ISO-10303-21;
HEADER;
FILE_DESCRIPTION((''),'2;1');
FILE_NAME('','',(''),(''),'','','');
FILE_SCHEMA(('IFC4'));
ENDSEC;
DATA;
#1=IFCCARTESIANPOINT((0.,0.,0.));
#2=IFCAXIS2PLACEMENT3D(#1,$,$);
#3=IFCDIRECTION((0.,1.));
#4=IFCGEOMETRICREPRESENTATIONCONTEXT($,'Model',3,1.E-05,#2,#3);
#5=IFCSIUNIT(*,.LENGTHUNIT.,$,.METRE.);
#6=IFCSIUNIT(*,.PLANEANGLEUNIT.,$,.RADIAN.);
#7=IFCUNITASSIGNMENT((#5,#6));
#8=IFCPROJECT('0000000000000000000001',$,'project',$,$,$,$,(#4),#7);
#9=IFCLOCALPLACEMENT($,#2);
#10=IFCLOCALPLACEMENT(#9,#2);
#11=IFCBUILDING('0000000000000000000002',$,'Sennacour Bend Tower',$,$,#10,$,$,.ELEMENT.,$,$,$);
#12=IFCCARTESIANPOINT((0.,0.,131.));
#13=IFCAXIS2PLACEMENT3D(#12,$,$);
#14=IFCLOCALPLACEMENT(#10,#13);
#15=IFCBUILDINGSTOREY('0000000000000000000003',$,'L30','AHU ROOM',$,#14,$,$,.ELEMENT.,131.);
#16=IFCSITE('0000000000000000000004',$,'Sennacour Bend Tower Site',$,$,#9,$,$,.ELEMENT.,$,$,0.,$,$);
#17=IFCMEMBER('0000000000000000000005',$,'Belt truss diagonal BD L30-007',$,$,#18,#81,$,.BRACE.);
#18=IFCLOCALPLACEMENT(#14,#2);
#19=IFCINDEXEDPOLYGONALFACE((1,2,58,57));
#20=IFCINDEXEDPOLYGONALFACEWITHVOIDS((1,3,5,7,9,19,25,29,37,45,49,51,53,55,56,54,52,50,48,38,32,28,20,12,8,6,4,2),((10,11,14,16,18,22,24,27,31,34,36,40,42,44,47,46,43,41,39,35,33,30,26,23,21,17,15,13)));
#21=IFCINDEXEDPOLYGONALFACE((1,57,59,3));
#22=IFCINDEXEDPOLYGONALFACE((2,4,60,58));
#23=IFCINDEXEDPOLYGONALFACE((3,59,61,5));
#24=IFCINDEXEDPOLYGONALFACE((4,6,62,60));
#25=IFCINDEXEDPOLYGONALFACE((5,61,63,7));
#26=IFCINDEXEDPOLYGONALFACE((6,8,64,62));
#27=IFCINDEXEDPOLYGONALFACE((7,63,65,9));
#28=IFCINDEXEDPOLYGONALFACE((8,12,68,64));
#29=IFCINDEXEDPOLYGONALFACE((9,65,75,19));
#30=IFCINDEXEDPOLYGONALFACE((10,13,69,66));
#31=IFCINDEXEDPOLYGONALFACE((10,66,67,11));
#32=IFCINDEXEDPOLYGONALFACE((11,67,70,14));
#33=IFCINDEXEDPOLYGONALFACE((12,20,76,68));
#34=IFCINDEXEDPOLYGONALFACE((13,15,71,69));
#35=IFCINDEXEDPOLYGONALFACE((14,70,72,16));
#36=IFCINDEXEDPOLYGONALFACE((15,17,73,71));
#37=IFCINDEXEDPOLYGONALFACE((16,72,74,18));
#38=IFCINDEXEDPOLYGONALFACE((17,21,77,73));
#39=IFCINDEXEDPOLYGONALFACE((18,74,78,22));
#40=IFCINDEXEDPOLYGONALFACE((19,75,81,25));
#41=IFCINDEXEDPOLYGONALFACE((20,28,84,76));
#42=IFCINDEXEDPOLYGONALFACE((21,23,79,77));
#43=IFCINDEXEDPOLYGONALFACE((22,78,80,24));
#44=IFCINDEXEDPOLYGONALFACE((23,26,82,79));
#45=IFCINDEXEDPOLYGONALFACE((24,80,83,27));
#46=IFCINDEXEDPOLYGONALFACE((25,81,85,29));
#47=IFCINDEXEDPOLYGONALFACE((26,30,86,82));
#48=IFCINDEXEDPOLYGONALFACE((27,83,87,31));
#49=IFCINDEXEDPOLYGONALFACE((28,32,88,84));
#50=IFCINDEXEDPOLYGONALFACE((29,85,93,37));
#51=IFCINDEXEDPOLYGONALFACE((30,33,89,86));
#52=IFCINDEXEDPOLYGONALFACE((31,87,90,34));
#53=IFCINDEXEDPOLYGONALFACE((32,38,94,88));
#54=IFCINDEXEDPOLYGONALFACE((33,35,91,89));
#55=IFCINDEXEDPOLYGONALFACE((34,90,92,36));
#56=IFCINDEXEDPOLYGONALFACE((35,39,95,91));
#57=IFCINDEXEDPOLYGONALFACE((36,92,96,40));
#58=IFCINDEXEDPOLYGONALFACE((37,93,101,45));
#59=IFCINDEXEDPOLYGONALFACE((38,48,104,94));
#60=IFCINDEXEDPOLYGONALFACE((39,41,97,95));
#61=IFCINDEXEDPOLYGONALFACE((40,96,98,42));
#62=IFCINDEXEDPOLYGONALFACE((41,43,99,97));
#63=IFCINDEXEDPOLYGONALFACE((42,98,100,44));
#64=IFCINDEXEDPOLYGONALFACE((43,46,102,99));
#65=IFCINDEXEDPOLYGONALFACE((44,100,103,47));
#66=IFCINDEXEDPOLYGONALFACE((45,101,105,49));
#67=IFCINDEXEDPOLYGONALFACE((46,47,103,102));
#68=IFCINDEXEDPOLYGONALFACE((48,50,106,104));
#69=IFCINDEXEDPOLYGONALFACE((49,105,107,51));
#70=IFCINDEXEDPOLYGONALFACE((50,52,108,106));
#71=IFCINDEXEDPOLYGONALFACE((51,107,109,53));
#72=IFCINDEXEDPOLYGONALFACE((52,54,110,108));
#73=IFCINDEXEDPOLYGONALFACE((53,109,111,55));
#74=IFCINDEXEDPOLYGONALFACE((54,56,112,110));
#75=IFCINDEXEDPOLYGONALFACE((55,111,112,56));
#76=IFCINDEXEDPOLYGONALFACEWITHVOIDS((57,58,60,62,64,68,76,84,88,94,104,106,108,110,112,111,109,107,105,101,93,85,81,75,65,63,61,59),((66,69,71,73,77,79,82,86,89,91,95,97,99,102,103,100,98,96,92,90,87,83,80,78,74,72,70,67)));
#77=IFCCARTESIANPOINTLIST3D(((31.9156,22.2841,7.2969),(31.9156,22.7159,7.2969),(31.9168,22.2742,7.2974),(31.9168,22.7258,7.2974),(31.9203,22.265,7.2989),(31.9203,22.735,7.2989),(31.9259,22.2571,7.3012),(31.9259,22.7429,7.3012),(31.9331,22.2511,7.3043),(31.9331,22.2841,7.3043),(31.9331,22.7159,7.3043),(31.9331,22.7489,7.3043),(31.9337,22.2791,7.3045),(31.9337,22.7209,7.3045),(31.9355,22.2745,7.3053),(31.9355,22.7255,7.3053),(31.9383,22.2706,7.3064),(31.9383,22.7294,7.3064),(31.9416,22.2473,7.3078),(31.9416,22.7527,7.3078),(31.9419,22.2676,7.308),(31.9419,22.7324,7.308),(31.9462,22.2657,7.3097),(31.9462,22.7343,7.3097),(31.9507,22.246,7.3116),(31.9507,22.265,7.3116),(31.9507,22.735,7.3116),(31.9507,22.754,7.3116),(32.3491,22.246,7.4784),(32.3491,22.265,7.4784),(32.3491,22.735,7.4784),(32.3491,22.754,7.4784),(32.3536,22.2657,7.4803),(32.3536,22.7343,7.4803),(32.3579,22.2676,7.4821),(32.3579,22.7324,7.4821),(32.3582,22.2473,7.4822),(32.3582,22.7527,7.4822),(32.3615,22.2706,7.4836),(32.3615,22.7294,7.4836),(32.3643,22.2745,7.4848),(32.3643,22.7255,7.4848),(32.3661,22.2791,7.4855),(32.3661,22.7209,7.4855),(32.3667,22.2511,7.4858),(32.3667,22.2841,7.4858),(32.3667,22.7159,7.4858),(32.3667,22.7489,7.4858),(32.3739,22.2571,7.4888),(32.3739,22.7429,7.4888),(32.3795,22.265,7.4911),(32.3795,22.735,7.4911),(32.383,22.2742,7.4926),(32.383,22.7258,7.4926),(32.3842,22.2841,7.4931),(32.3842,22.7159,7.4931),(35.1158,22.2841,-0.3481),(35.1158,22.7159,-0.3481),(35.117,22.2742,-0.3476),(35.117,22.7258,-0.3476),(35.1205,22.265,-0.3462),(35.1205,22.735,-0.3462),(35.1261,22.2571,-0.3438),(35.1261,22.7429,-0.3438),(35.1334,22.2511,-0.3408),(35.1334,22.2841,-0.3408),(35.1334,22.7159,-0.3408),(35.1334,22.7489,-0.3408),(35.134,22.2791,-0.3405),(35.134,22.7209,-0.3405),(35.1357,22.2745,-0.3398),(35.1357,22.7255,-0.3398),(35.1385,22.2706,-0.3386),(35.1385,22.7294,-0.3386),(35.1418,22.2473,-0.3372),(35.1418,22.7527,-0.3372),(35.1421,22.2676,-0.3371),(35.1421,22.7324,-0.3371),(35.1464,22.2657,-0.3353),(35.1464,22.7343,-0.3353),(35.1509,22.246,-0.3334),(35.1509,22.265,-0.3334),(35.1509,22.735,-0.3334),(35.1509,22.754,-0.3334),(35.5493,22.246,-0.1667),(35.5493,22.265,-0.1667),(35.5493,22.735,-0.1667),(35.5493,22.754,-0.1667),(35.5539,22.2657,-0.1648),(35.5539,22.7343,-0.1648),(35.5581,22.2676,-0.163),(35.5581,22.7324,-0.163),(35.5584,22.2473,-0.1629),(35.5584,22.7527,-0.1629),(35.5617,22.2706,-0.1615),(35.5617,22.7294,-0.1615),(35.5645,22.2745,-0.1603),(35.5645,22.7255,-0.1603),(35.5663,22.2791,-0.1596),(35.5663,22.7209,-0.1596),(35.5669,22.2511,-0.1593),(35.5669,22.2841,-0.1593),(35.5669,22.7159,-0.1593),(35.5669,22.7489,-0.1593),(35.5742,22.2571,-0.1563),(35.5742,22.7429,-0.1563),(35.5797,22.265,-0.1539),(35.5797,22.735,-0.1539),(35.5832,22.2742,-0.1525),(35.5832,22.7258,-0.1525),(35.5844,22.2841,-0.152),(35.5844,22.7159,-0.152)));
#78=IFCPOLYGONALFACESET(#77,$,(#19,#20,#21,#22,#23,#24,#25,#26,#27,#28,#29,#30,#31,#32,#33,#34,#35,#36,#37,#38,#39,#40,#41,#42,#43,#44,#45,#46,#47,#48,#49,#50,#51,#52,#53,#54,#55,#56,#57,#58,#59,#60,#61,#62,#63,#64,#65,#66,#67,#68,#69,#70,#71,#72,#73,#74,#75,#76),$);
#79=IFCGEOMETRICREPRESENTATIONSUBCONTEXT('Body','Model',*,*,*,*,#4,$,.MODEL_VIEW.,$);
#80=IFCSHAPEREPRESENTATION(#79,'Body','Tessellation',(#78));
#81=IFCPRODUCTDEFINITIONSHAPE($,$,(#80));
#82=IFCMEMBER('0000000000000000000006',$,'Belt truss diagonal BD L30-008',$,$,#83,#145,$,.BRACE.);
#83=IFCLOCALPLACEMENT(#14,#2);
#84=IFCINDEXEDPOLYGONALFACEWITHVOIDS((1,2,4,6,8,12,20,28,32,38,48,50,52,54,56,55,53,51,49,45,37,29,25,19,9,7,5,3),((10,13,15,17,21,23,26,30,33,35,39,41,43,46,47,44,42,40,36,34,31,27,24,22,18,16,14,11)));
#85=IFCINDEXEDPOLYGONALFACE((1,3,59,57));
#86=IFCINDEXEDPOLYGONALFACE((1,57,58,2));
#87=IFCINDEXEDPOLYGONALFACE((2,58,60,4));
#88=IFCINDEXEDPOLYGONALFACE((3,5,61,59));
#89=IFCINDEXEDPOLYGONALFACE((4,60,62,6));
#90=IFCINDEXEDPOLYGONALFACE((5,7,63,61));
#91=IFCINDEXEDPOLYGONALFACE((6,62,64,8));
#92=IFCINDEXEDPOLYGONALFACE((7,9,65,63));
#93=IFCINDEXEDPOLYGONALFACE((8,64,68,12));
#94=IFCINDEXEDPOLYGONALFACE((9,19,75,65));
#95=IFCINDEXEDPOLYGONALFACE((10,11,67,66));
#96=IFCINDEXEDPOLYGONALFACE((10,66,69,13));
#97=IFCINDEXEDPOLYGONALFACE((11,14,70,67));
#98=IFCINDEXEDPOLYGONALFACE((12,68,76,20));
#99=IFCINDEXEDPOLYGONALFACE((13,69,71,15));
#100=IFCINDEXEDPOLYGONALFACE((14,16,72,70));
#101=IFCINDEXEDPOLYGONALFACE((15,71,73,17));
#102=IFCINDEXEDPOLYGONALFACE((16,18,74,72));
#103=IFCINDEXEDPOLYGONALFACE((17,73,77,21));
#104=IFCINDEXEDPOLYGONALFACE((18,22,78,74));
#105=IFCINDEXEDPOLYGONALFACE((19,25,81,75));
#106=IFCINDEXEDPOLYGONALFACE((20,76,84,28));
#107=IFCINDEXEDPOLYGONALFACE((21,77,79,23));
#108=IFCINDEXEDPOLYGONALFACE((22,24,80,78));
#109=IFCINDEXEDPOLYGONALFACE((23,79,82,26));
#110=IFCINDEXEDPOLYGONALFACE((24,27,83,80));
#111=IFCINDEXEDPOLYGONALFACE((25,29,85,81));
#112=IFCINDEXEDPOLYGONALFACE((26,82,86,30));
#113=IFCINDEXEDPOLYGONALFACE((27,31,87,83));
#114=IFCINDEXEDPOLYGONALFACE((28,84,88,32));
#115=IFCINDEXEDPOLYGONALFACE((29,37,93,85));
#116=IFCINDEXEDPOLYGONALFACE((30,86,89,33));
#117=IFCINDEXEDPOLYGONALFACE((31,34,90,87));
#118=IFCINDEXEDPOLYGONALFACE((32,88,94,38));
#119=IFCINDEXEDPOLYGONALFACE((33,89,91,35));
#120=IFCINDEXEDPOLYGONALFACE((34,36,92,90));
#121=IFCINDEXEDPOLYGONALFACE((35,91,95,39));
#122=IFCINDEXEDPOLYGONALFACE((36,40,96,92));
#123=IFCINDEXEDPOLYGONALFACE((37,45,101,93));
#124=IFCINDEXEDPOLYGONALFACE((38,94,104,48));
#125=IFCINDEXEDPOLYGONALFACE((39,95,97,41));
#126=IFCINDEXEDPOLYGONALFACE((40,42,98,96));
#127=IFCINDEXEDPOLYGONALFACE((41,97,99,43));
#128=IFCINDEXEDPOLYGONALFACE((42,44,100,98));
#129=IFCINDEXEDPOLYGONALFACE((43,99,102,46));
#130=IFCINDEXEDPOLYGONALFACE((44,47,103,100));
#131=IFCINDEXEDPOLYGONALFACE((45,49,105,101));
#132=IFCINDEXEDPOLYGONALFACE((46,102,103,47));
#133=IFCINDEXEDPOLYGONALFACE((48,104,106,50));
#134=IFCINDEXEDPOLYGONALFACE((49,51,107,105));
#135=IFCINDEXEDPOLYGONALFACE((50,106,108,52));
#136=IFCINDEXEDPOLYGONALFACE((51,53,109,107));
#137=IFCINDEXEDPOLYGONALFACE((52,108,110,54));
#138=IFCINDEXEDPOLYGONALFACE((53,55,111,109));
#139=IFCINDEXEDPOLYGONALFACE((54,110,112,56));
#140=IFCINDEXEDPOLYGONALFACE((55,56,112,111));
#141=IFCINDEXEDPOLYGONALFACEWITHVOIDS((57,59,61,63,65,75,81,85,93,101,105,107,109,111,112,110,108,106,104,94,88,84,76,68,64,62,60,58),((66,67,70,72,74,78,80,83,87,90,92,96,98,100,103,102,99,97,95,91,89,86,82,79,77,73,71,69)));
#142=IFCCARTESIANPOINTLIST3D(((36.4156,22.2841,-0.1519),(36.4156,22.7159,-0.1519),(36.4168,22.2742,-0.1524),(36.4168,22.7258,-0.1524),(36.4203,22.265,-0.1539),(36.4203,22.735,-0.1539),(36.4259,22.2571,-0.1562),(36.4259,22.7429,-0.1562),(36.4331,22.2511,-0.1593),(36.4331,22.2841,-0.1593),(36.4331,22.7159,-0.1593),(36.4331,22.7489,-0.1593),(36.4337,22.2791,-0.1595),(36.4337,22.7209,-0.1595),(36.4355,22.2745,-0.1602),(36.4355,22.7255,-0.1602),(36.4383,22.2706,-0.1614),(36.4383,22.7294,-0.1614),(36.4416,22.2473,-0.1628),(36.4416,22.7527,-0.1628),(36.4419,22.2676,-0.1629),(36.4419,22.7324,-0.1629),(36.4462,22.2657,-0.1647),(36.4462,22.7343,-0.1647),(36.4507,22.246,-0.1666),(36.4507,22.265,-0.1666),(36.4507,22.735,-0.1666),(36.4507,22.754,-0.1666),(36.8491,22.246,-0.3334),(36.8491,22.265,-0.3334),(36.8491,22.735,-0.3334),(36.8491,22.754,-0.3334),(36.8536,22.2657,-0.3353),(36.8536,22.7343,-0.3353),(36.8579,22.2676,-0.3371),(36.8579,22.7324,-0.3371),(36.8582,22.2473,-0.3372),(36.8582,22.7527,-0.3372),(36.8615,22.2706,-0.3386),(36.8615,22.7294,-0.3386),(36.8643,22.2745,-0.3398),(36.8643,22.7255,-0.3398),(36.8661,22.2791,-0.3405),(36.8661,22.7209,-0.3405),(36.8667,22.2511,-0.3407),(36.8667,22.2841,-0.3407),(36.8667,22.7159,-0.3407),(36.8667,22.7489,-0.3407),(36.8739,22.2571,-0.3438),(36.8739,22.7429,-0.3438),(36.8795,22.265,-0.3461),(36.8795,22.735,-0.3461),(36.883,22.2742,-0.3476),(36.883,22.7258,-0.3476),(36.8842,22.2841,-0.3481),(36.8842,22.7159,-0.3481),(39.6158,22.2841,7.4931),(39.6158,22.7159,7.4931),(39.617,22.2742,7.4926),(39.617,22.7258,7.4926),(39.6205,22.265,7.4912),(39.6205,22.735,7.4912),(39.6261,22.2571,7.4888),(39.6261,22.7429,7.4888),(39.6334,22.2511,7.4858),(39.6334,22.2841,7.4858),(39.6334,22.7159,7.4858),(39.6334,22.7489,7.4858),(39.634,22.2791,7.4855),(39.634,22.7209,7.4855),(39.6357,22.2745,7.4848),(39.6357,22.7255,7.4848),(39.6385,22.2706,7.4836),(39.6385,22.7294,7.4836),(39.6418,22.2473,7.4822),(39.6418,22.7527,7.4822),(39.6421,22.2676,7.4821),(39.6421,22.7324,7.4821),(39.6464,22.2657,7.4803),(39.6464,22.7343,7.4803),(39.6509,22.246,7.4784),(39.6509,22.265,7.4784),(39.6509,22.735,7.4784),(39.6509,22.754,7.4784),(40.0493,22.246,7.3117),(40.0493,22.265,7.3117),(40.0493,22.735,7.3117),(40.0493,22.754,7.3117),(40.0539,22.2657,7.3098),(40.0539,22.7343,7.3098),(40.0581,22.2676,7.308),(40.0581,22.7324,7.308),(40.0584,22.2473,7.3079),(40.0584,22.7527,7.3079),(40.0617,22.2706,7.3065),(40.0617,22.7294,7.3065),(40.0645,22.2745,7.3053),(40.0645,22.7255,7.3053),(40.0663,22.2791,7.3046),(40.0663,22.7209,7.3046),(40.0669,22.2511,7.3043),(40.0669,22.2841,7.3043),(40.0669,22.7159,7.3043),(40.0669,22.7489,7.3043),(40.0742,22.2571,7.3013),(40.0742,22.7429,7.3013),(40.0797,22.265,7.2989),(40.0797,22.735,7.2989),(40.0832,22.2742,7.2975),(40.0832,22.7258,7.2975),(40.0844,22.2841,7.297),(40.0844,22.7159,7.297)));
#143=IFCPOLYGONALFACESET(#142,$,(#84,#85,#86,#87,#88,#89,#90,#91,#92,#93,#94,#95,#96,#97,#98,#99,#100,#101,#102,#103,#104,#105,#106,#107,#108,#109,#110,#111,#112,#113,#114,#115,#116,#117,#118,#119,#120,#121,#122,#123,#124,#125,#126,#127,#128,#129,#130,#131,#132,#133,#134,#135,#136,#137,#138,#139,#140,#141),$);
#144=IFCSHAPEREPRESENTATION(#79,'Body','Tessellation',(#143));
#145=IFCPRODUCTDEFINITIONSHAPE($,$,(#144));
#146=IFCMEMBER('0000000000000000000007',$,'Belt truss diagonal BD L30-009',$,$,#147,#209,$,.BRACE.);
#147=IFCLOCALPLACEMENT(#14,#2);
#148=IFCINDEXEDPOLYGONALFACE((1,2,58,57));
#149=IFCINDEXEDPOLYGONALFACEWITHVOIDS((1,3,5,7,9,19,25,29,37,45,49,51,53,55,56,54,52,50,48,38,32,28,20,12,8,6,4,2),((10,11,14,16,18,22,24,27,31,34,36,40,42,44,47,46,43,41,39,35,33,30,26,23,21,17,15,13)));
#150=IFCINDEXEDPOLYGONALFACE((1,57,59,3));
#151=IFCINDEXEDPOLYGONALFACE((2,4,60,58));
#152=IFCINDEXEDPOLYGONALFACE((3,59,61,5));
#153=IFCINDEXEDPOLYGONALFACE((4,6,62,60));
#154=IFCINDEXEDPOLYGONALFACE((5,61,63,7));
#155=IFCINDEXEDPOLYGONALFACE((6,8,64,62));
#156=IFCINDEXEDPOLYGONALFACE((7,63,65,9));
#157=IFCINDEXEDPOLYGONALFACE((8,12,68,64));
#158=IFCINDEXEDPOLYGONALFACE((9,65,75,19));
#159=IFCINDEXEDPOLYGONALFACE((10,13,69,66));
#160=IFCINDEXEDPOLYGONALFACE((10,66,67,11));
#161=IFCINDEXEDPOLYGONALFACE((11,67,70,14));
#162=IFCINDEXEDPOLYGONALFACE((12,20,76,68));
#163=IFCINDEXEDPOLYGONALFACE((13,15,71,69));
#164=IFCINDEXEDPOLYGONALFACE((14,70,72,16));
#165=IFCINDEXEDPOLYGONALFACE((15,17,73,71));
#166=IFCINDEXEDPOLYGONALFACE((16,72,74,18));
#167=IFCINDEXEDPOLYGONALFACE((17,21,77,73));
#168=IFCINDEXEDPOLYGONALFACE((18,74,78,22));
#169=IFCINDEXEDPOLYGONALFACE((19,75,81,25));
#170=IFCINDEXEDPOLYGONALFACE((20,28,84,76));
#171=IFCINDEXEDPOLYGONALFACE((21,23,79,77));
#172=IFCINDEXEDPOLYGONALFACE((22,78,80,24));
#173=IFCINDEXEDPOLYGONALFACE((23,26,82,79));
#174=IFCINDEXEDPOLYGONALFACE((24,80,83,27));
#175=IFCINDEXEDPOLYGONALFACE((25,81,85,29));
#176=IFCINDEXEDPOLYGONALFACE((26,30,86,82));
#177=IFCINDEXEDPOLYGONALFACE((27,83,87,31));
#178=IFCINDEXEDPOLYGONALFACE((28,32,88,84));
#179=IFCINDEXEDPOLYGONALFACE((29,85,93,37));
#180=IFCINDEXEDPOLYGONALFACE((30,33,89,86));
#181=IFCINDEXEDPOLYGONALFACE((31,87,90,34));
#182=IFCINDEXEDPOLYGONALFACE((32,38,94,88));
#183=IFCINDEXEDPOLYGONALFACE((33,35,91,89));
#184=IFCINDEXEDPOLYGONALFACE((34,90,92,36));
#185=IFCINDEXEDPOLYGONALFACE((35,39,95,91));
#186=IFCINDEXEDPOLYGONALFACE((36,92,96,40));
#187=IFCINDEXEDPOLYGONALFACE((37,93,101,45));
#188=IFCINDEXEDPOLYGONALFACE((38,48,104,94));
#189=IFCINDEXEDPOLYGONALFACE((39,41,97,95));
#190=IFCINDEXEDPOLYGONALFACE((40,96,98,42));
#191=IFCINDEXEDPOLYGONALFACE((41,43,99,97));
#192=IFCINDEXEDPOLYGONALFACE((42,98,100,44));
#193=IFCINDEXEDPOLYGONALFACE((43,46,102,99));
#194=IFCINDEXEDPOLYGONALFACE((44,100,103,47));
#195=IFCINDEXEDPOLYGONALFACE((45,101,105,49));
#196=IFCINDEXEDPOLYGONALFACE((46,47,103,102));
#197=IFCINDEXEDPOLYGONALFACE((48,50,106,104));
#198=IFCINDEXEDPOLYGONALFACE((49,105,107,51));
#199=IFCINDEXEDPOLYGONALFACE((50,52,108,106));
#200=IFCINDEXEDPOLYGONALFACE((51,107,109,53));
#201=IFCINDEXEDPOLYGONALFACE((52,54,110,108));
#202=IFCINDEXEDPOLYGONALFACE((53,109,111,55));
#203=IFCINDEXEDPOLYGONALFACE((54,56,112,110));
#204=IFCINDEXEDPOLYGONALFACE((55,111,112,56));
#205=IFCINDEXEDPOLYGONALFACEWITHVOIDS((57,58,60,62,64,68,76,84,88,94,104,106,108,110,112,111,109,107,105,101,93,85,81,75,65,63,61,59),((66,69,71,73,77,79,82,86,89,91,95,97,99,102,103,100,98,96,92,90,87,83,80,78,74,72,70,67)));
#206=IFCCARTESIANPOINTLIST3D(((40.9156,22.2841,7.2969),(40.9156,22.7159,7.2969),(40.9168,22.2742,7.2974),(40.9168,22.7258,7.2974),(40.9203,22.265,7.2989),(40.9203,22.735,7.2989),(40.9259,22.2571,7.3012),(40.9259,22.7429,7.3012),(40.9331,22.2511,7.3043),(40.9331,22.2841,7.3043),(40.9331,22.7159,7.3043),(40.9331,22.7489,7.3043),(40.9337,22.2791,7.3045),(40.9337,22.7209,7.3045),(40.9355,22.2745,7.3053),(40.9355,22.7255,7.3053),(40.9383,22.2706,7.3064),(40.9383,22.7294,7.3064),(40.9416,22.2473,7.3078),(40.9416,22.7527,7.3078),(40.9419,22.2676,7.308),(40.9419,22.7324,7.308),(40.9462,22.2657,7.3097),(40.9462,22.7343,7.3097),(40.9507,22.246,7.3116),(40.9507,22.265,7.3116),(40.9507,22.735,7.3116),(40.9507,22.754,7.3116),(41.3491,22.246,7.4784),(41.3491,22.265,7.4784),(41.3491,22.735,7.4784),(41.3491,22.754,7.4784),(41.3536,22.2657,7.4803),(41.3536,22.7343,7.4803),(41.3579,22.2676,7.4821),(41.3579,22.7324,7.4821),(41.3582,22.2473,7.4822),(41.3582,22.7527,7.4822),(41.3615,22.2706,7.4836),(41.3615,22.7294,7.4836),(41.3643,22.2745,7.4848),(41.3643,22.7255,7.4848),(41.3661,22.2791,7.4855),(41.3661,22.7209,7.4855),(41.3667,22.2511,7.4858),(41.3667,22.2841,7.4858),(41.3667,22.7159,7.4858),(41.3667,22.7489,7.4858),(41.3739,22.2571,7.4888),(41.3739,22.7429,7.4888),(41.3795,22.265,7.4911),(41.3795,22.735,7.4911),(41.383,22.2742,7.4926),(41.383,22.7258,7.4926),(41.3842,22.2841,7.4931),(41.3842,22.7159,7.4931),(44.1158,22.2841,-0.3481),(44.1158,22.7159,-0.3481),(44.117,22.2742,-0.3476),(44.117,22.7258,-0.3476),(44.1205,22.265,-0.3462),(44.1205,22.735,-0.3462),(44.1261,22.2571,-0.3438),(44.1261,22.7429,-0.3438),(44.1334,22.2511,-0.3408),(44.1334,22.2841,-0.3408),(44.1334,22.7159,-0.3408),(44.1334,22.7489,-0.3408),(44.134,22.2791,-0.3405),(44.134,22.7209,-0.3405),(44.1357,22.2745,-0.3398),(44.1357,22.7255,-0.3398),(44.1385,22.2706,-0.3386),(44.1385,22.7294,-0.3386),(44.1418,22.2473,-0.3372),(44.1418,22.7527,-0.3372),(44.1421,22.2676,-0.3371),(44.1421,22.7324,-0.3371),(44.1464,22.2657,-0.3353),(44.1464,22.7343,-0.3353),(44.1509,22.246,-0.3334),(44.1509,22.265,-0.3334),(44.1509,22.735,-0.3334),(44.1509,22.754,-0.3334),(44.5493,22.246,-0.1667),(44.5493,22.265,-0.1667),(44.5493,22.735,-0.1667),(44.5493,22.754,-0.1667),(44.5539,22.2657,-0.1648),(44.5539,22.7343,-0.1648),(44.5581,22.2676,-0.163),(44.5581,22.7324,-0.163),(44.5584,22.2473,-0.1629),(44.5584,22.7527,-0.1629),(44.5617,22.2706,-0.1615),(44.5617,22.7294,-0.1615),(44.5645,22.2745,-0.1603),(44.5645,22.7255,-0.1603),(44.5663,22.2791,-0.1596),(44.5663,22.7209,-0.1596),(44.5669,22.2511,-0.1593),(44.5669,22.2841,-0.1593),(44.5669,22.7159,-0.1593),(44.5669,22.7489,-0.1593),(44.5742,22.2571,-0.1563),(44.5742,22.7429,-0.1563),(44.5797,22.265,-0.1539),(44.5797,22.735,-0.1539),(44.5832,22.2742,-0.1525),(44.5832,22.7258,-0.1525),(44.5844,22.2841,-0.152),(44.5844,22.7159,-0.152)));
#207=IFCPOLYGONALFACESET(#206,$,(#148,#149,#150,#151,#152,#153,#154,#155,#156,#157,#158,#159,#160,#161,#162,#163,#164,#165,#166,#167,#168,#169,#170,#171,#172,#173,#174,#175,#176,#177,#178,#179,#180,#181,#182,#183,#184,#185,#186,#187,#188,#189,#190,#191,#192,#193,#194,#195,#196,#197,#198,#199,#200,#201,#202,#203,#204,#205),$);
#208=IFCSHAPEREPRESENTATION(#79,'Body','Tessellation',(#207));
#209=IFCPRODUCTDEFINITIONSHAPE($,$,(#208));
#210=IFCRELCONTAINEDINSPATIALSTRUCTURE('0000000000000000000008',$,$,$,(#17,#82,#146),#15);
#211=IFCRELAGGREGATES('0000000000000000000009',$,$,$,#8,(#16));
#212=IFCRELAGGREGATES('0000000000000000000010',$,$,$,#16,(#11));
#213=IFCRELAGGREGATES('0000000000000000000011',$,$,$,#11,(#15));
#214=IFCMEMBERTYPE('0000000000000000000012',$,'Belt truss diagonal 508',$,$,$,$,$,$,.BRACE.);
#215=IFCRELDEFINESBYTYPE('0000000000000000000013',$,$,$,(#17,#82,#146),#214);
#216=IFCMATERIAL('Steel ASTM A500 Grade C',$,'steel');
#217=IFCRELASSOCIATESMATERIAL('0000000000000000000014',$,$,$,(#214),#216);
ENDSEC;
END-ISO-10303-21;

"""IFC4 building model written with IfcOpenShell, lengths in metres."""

from ifc_helpers import new_model, si_unit, direction, frame, origin, origin_2d, place, context, subcontext, project, spatial, hollow_rectangle, extrude, material, material_profile, profile_set, type_object, element, save


model = new_model("IFC4")

# Units and contexts
model_context = context("Model", 3, precision=1e-05, world=origin(), true_north=direction((0.0, 1.0)))
body_context = subcontext(model_context, "Body", "Model", "MODEL_VIEW")
ifc_project = project(units=[si_unit("LENGTHUNIT", "METRE"), si_unit("PLANEANGLEUNIT", "RADIAN")], contexts=[model_context])

# Site, building, storey
site_placement = place(None, origin())
site = spatial("IfcSite", under=ifc_project, at=site_placement, Name="Sennacour Bend Tower Site", CompositionType="ELEMENT", RefElevation=0.0)
building_placement = place(site_placement, origin())
building = spatial("IfcBuilding", under=site, at=building_placement, Name="Sennacour Bend Tower", CompositionType="ELEMENT")
storey_placement = place(building_placement, frame((0.0, 0.0, 131.0)))
storey = spatial("IfcBuildingStorey", under=building, at=storey_placement, Name="L30", Description="AHU ROOM", CompositionType="ELEMENT", Elevation=131.0)

# Members
ifc_material_1 = material(Name="Steel ASTM A500 Grade C", Category="steel")
ifc_material_profile_1 = material_profile(ifc_material_1, hollow_rectangle(XDim=0.5081, YDim=0.5081, WallThickness=0.019, InnerFilletRadius=0.019, OuterFilletRadius=0.0381, at=origin_2d()), Name="Steel ASTM A500 Grade C", Category="steel")
ifc_profile_set_1 = profile_set([ifc_material_profile_1], Name="Steel ASTM A500 Grade C")
member_type_1 = type_object("IfcMemberType", Name="Belt truss diagonal 508", PredefinedType="BRACE", material=ifc_profile_set_1)
for number, where, z_axis, x_axis, name in (
    (1, (32.1499, 22.5, 7.395), (0.386133, 0.0, -0.922443), (0.0, 1.0, 0.0), "Belt truss diagonal BD L30-007"),
    (2, (36.6499, 22.5, -0.25), (0.386133, 0.0, 0.922443), (0.0, 1.0, 0.0), "Belt truss diagonal BD L30-008"),
    (3, (41.1499, 22.5, 7.395), (0.386133, 0.0, -0.922443), (0.0, 1.0, 0.0), "Belt truss diagonal BD L30-009"),
):
    element("IfcMember", number, at=place(storey_placement, frame(where, z_axis=z_axis, x_axis=x_axis)), inside=storey, type_object=member_type_1, Name=name, PredefinedType="BRACE", context=body_context, shape_type="SweptSolid", body=[
        extrude(hollow_rectangle(XDim=0.5081, YDim=0.5081, WallThickness=0.019, InnerFilletRadius=0.019, OuterFilletRadius=0.0381, at=origin_2d()), origin(), (0.0, 0.0, 1.0), 8.2878),
    ])

save(model, "model.ifc")
